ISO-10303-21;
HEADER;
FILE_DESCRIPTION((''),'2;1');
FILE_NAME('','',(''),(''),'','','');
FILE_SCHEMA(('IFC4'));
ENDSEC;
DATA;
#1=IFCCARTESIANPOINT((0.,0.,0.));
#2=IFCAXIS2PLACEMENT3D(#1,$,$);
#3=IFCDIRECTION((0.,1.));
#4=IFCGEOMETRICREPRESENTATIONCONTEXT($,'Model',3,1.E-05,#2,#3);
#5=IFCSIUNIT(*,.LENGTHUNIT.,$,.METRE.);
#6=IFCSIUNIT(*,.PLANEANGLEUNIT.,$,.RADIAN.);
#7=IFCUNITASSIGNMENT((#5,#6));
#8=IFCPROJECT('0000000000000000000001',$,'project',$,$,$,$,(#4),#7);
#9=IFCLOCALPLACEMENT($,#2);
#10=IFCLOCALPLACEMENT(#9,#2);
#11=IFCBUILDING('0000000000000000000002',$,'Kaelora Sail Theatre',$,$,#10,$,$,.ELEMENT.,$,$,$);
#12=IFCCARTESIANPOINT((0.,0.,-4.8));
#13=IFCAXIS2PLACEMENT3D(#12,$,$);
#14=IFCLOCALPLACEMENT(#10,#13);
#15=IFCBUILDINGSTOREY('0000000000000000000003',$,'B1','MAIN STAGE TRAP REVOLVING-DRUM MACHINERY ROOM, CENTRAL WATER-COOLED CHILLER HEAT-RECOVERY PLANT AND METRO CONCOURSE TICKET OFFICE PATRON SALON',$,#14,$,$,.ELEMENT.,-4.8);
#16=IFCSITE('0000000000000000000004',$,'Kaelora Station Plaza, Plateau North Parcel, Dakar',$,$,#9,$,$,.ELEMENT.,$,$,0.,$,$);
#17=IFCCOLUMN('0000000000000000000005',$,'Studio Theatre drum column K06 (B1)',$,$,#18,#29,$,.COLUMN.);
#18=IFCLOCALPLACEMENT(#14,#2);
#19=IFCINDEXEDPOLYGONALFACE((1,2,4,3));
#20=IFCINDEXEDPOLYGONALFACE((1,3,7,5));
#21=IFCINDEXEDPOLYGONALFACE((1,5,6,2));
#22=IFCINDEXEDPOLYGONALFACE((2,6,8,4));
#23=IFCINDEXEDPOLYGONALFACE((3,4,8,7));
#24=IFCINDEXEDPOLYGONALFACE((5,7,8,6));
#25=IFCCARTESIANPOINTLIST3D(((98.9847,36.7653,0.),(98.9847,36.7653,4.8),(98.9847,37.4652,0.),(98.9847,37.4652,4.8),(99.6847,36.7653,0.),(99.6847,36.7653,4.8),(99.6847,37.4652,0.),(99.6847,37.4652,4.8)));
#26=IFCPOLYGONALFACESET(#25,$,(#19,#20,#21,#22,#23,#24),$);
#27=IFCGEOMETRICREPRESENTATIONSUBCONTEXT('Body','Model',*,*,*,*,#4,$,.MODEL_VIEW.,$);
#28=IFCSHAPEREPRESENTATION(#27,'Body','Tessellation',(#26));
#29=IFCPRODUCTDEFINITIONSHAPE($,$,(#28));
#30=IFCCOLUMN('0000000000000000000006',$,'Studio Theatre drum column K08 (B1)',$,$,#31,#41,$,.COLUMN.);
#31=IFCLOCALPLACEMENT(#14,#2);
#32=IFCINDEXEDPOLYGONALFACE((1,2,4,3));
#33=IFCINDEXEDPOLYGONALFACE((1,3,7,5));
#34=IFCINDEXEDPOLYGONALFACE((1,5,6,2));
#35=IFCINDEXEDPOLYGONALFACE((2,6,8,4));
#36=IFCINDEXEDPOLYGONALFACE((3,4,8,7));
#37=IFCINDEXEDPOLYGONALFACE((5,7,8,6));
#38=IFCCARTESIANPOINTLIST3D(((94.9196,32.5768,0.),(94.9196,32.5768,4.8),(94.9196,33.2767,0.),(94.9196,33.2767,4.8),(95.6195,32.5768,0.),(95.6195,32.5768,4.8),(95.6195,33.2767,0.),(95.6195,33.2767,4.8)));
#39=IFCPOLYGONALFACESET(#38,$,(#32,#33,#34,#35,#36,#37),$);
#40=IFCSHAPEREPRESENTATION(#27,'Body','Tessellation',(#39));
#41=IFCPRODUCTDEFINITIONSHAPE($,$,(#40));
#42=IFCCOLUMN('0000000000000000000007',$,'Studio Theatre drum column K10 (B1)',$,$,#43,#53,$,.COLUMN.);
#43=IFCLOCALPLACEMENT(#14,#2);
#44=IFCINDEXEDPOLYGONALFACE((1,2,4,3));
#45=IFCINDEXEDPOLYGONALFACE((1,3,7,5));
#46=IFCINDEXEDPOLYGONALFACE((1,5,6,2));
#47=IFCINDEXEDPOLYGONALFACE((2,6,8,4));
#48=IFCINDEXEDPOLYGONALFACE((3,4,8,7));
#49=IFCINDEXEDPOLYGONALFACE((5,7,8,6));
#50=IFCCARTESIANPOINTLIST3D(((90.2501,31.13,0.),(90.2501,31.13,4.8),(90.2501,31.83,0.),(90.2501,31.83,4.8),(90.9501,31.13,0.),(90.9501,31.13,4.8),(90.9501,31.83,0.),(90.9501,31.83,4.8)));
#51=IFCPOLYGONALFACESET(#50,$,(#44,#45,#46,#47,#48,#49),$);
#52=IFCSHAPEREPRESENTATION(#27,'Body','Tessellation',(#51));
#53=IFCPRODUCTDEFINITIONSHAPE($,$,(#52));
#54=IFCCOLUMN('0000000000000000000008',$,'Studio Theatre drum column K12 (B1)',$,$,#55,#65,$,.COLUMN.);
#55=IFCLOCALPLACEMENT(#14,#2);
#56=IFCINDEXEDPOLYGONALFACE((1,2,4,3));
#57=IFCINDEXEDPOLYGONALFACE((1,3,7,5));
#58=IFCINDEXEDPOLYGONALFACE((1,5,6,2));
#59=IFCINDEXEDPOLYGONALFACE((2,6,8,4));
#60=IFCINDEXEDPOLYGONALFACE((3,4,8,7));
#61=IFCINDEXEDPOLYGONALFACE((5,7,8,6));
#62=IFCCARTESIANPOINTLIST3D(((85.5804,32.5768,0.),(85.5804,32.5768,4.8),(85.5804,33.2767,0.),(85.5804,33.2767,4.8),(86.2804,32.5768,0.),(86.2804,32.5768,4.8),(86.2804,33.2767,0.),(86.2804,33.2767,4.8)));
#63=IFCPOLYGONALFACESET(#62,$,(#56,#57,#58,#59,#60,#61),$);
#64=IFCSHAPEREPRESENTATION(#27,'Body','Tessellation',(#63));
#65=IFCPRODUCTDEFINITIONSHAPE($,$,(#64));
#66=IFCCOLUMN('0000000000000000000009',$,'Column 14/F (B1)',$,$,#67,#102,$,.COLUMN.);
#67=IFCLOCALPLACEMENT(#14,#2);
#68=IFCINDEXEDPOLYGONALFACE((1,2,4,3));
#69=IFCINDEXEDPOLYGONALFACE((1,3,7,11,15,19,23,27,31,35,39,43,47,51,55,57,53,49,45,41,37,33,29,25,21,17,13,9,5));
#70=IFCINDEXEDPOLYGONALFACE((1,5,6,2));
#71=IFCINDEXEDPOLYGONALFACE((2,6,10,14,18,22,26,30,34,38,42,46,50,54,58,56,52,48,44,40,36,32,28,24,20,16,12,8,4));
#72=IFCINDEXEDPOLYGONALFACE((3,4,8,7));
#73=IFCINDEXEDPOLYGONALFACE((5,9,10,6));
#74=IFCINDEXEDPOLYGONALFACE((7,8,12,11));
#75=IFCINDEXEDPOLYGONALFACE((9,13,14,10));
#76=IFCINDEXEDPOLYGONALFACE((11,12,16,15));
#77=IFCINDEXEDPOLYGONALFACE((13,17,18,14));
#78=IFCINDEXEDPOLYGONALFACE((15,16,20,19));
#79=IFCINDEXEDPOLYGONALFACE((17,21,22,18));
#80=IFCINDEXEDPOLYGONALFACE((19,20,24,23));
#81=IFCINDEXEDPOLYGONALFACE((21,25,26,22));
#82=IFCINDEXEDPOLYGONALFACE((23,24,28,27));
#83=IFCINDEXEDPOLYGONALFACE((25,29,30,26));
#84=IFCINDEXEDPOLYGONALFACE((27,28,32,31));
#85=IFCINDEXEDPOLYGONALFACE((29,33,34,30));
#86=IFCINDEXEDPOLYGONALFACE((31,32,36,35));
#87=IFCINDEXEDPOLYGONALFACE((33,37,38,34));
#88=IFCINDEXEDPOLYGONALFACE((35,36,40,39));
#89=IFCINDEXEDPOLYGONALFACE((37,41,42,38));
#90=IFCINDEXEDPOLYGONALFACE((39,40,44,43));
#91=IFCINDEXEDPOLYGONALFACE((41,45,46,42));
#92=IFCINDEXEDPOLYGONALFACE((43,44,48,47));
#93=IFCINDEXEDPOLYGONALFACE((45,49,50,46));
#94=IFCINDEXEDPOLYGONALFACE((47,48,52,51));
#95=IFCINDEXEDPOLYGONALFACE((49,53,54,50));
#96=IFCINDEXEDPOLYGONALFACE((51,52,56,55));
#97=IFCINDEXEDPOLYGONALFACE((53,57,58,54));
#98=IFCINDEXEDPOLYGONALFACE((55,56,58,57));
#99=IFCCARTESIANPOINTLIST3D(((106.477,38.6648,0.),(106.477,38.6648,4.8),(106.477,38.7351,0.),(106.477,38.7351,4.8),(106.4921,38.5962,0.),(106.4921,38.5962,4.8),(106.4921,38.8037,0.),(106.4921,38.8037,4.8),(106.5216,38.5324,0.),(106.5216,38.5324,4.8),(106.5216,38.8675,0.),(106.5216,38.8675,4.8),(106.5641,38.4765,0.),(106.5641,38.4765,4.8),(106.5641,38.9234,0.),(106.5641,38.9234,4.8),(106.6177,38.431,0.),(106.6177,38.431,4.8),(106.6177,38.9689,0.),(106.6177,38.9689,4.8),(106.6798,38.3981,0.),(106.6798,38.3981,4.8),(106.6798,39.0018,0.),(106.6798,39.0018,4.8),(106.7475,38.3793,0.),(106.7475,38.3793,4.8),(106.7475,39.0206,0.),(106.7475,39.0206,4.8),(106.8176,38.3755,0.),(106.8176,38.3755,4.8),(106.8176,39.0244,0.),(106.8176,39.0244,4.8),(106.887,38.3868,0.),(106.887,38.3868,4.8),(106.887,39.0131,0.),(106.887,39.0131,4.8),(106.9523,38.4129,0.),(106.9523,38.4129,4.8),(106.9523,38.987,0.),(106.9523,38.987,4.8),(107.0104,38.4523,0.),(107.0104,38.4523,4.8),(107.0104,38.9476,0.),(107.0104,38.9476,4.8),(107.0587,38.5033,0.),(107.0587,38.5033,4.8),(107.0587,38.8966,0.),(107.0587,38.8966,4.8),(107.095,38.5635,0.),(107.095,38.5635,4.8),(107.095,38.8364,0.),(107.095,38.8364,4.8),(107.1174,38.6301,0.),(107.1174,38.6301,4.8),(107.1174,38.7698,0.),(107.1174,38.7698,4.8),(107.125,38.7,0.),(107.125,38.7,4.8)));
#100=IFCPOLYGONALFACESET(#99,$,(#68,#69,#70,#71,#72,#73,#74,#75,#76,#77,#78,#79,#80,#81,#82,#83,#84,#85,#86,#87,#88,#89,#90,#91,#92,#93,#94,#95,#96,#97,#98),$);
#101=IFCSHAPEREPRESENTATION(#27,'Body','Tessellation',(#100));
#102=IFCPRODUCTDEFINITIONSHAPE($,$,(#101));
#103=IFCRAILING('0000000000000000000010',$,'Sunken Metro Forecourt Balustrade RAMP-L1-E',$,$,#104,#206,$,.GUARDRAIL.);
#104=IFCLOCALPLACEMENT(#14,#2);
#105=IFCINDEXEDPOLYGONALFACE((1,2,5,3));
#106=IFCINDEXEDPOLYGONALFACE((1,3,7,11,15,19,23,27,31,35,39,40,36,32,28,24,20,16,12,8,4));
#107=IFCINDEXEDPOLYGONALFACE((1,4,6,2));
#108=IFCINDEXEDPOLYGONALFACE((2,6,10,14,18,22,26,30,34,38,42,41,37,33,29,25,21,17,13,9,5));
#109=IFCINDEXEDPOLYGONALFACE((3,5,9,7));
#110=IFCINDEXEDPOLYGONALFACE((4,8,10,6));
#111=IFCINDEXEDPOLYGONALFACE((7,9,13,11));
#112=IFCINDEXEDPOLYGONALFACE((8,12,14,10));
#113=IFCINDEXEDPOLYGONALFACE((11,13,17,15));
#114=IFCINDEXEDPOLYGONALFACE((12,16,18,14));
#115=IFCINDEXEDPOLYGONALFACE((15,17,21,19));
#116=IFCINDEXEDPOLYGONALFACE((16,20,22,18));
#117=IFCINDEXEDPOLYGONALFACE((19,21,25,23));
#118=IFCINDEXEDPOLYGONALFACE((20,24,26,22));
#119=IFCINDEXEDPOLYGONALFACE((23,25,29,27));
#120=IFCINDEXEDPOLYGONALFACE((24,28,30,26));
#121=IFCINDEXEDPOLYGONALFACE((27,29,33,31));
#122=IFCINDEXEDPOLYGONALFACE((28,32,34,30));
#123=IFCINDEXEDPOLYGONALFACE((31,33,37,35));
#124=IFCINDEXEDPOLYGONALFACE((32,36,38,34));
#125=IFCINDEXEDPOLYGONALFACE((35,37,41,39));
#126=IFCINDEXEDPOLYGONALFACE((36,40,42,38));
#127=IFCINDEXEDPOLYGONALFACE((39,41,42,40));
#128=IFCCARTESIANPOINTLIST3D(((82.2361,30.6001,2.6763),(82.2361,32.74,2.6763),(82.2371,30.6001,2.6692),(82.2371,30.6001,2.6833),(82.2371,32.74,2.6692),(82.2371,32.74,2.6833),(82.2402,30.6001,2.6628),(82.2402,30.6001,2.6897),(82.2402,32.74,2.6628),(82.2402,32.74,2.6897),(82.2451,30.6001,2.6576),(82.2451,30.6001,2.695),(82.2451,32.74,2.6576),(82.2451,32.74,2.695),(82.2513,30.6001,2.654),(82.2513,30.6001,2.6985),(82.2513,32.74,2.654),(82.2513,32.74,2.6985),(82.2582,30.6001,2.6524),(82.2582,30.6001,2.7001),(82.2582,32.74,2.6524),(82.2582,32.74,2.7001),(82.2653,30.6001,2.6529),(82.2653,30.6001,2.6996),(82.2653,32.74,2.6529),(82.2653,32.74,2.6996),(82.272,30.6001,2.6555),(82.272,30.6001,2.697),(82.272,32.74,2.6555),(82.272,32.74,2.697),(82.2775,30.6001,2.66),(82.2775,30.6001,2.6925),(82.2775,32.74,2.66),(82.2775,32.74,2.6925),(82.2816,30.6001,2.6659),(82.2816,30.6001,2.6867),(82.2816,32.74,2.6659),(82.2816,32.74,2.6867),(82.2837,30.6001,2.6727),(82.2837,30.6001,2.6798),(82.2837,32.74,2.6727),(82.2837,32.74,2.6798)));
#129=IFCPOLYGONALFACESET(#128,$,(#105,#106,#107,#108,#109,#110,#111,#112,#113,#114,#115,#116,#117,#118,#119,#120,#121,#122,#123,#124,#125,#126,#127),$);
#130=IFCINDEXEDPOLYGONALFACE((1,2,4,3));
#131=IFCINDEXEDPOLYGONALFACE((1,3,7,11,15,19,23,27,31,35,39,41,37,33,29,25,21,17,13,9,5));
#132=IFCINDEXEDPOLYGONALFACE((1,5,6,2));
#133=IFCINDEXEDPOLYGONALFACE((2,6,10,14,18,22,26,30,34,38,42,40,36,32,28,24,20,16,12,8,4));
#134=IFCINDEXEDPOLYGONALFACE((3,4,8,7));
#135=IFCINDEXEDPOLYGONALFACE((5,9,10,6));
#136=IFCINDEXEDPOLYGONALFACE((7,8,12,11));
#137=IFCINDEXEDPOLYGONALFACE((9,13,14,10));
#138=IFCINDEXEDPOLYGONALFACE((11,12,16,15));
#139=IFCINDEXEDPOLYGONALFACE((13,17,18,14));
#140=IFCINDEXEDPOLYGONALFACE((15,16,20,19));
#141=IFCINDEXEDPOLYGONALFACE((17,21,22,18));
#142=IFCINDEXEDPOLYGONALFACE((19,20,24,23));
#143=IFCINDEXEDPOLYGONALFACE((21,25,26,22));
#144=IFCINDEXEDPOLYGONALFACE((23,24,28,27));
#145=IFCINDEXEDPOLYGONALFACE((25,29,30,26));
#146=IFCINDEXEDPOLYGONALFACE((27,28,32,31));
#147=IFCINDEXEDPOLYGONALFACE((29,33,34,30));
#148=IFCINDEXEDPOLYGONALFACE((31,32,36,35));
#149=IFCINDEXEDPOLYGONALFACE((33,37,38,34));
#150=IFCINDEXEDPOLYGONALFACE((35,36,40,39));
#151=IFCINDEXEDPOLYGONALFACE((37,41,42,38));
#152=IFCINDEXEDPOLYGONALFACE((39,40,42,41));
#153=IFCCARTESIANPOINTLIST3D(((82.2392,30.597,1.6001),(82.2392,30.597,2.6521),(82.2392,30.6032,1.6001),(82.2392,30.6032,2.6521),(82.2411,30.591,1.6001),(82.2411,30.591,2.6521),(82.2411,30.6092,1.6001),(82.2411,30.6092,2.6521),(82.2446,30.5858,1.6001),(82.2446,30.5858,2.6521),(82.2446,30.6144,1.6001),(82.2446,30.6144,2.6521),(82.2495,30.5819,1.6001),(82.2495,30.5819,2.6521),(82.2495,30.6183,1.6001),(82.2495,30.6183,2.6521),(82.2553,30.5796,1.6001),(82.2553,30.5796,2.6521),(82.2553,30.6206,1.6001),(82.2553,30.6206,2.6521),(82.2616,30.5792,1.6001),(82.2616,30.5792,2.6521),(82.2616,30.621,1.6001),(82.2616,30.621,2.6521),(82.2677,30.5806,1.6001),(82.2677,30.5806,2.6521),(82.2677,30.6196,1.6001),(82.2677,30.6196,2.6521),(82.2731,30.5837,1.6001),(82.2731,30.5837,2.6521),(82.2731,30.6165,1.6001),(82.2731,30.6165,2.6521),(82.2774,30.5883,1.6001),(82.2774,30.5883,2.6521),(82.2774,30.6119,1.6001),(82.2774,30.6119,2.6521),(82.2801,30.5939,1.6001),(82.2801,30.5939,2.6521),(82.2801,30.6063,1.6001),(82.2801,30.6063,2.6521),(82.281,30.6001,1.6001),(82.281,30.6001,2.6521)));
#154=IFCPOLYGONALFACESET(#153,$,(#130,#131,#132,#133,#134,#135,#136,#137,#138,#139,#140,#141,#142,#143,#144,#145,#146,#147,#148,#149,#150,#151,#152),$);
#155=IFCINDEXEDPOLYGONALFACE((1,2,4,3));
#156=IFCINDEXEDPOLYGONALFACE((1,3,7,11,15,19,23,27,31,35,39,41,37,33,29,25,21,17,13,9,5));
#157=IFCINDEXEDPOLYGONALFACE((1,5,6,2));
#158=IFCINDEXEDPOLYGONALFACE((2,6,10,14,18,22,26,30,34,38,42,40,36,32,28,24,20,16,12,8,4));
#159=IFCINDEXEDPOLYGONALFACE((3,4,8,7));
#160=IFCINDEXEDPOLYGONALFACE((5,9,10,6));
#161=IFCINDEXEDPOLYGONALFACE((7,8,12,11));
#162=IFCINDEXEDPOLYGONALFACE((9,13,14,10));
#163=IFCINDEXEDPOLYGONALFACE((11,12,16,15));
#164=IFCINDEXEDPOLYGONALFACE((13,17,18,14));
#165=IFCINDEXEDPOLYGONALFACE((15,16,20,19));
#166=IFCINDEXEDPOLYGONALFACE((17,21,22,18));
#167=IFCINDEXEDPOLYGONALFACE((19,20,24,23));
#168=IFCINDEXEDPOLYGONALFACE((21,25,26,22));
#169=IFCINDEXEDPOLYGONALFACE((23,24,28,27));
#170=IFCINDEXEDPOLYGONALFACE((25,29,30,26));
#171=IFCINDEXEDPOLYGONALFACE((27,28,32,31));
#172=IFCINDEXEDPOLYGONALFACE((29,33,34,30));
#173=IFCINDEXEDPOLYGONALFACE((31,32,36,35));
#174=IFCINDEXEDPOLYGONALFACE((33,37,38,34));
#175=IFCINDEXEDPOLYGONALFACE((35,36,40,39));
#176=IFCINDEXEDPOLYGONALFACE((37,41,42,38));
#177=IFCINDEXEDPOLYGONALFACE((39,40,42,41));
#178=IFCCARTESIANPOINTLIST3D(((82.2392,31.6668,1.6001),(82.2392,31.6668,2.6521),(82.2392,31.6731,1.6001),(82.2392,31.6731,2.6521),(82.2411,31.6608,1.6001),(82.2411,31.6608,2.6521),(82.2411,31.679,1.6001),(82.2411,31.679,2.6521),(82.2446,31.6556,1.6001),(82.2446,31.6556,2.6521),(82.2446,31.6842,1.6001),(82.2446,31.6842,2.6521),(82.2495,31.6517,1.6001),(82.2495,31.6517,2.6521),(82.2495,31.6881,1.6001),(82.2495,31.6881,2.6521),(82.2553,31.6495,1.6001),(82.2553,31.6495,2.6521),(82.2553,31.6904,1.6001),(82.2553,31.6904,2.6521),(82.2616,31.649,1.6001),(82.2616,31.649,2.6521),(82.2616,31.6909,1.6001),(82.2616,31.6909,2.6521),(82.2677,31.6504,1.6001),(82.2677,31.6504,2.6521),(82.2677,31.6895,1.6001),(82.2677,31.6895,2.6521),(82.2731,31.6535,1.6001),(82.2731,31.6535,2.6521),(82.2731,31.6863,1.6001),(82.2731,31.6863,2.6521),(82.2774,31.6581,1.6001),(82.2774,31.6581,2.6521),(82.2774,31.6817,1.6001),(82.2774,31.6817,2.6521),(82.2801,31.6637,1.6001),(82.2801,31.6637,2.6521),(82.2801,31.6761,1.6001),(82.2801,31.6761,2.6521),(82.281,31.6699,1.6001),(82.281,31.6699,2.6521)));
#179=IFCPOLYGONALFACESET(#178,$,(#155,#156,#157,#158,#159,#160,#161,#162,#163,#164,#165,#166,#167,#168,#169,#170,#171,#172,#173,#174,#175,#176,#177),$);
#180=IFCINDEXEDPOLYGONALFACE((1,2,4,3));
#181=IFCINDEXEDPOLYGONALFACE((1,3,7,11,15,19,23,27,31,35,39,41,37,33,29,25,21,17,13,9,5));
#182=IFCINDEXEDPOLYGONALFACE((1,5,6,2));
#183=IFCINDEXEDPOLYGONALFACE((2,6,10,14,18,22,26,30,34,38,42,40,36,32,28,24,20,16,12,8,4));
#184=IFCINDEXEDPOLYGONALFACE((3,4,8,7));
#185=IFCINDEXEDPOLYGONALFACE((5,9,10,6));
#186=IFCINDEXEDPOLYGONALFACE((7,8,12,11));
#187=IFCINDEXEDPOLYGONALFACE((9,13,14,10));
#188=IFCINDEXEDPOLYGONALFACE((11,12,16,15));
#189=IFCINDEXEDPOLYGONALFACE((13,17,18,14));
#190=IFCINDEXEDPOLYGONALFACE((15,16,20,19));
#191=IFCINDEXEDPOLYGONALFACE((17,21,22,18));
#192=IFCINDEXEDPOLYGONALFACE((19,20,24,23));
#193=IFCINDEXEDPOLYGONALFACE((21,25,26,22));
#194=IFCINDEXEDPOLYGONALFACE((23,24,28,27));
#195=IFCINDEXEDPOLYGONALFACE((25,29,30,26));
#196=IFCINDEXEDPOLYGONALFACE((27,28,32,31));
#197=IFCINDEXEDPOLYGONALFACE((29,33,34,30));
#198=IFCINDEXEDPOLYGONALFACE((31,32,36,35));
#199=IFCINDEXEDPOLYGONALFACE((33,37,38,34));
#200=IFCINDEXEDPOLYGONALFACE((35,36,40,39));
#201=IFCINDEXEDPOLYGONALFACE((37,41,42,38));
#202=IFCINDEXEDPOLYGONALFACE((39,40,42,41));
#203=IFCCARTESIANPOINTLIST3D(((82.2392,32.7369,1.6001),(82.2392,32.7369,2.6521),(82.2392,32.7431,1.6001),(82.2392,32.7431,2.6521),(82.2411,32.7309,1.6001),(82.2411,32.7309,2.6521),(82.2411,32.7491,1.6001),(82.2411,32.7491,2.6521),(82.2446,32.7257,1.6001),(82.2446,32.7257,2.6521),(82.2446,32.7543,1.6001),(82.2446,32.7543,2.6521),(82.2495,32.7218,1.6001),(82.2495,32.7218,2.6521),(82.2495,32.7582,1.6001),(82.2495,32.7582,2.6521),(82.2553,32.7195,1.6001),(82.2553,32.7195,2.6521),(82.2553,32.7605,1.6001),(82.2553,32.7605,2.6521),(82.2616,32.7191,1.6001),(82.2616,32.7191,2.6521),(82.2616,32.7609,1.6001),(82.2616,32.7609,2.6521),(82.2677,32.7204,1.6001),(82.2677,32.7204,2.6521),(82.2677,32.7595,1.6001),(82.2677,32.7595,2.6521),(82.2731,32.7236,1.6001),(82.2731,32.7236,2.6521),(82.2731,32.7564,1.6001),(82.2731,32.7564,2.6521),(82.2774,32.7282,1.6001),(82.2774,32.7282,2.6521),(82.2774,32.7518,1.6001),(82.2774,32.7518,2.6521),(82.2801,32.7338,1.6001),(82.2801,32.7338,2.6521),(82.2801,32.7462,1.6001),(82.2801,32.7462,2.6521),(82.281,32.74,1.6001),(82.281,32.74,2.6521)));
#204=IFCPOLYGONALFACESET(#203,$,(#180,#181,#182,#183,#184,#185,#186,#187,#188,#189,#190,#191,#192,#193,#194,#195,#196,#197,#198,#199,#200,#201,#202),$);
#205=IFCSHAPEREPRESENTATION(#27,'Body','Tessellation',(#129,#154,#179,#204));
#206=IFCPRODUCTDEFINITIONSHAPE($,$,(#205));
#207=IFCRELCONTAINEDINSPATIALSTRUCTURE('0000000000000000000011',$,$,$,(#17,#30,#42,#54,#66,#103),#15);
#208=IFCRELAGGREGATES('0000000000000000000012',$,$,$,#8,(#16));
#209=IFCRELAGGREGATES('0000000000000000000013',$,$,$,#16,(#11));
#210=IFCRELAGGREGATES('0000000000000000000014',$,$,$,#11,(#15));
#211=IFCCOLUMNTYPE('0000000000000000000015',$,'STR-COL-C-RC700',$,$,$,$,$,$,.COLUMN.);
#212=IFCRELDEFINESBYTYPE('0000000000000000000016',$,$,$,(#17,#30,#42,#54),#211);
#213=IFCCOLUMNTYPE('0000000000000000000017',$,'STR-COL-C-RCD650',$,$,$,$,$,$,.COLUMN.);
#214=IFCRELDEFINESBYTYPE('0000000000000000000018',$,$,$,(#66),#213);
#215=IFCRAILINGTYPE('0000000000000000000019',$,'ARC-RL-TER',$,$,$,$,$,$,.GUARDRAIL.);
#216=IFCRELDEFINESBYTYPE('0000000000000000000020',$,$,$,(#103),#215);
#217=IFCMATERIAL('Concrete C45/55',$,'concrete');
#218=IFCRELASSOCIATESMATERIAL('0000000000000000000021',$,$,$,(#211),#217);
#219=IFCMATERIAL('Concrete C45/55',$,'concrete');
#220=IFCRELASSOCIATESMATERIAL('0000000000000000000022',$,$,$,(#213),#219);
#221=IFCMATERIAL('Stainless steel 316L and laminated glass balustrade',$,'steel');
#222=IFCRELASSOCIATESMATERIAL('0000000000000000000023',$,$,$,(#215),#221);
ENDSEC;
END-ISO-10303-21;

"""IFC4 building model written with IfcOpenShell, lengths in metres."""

from ifc_helpers import new_model, si_unit, direction, frame, origin, origin_2d, place, context, subcontext, project, spatial, rectangle, circle, extrude, material, material_profile, profile_set, type_object, element, save


model = new_model("IFC4")

# Units and contexts
model_context = context("Model", 3, precision=1e-05, world=origin(), true_north=direction((0.0, 1.0)))
body_context = subcontext(model_context, "Body", "Model", "MODEL_VIEW")
ifc_project = project(units=[si_unit("LENGTHUNIT", "METRE"), si_unit("PLANEANGLEUNIT", "RADIAN")], contexts=[model_context])

# Site, building, storey
site_placement = place(None, origin())
site = spatial("IfcSite", under=ifc_project, at=site_placement, Name="Kaelora Station Plaza, Plateau North Parcel, Dakar", CompositionType="ELEMENT", RefElevation=0.0)
building_placement = place(site_placement, origin())
building = spatial("IfcBuilding", under=site, at=building_placement, Name="Kaelora Sail Theatre", CompositionType="ELEMENT")
storey_placement = place(building_placement, frame((0.0, 0.0, -4.8)))
storey = spatial("IfcBuildingStorey", under=building, at=storey_placement, Name="B1", Description="MAIN STAGE TRAP REVOLVING-DRUM MACHINERY ROOM, CENTRAL WATER-COOLED CHILLER HEAT-RECOVERY PLANT AND METRO CONCOURSE TICKET OFFICE PATRON SALON", CompositionType="ELEMENT", Elevation=-4.8)

# Columns
ifc_material_1 = material(Name="Concrete C45/55", Category="concrete")
ifc_material_profile_1 = material_profile(ifc_material_1, rectangle(XDim=0.7, YDim=0.7, at=origin_2d()), Name="RC-COL 700x700")
ifc_profile_set_1 = profile_set([ifc_material_profile_1], Name="Concrete C45/55")
column_type_1 = type_object("IfcColumnType", Name="STR-COL-C-RC700", PredefinedType="COLUMN", material=ifc_profile_set_1)
for number, where, z_axis, x_axis, name in (
    (1, (99.3347, 37.1152, 0.0), (0.0, 0.0, 1.0), (1.0, 0.0, 0.0), "Studio Theatre drum column K06 (B1)"),
    (2, (95.2695, 32.9268, 0.0), (0.0, 0.0, 1.0), (1.0, 0.0, 0.0), "Studio Theatre drum column K08 (B1)"),
    (3, (90.6001, 31.48, 0.0), (0.0, 0.0, 1.0), (1.0, 0.0, 0.0), "Studio Theatre drum column K10 (B1)"),
    (4, (85.9304, 32.9268, 0.0), (0.0, 0.0, 1.0), (1.0, 0.0, 0.0), "Studio Theatre drum column K12 (B1)"),
):
    element("IfcColumn", number, at=place(storey_placement, frame(where, z_axis=z_axis, x_axis=x_axis)), inside=storey, type_object=column_type_1, Name=name, PredefinedType="COLUMN", context=body_context, shape_type="SweptSolid", body=[
        extrude(rectangle(XDim=0.7, YDim=0.7, at=origin_2d()), origin(), (0.0, 0.0, 1.0), 4.8),
    ])
ifc_material_2 = material(Name="Concrete C45/55", Category="concrete")
ifc_material_profile_2 = material_profile(ifc_material_2, circle(Radius=0.325, at=origin_2d()), Name="RC-CCOL D650")
ifc_profile_set_2 = profile_set([ifc_material_profile_2], Name="Concrete C45/55")
column_type_2 = type_object("IfcColumnType", Name="STR-COL-C-RCD650", PredefinedType="COLUMN", material=ifc_profile_set_2)
column_placement = place(storey_placement, frame((106.8, 38.7, 0.0), z_axis=(0.0, 0.0, 1.0), x_axis=(1.0, 0.0, 0.0)))
element("IfcColumn", 5, at=column_placement, inside=storey, type_object=column_type_2, Name="Column 14/F (B1)", PredefinedType="COLUMN", context=body_context, shape_type="SweptSolid", body=[
    extrude(circle(Radius=0.325, at=origin_2d()), origin(), (0.0, 0.0, 1.0), 4.8),
])

# Railing
ifc_material_3 = material(Name="Stainless steel 316L and laminated glass balustrade", Category="steel")
railing_type = type_object("IfcRailingType", Name="ARC-RL-TER", PredefinedType="GUARDRAIL", material=ifc_material_3)
railing_placement = place(storey_placement, frame((82.26, 30.6001, 1.6001)))
element("IfcRailing", 6, at=railing_placement, inside=storey, type_object=railing_type, Name="Sunken Metro Forecourt Balustrade RAMP-L1-E", PredefinedType="GUARDRAIL", context=body_context, shape_type="SweptSolid", body=[
    extrude(circle(Radius=0.0239, at=origin_2d()), frame((0.0, 0.0, 1.0762), z_axis=(0.0, 1.0, 0.0), x_axis=(-1.0, 0.0, 0.0)), (0.0, 0.0, 1.0), 2.1399),
    extrude(circle(Radius=0.021, at=origin_2d()), origin(), (0.0, 0.0, 1.0), 1.052),
    extrude(circle(Radius=0.021, at=origin_2d()), frame((0.0, 1.0698, 0.0)), (0.0, 0.0, 1.0), 1.052),
    extrude(circle(Radius=0.021, at=origin_2d()), frame((0.0, 2.1399, 0.0)), (0.0, 0.0, 1.0), 1.052),
])

save(model, "model.ifc")
